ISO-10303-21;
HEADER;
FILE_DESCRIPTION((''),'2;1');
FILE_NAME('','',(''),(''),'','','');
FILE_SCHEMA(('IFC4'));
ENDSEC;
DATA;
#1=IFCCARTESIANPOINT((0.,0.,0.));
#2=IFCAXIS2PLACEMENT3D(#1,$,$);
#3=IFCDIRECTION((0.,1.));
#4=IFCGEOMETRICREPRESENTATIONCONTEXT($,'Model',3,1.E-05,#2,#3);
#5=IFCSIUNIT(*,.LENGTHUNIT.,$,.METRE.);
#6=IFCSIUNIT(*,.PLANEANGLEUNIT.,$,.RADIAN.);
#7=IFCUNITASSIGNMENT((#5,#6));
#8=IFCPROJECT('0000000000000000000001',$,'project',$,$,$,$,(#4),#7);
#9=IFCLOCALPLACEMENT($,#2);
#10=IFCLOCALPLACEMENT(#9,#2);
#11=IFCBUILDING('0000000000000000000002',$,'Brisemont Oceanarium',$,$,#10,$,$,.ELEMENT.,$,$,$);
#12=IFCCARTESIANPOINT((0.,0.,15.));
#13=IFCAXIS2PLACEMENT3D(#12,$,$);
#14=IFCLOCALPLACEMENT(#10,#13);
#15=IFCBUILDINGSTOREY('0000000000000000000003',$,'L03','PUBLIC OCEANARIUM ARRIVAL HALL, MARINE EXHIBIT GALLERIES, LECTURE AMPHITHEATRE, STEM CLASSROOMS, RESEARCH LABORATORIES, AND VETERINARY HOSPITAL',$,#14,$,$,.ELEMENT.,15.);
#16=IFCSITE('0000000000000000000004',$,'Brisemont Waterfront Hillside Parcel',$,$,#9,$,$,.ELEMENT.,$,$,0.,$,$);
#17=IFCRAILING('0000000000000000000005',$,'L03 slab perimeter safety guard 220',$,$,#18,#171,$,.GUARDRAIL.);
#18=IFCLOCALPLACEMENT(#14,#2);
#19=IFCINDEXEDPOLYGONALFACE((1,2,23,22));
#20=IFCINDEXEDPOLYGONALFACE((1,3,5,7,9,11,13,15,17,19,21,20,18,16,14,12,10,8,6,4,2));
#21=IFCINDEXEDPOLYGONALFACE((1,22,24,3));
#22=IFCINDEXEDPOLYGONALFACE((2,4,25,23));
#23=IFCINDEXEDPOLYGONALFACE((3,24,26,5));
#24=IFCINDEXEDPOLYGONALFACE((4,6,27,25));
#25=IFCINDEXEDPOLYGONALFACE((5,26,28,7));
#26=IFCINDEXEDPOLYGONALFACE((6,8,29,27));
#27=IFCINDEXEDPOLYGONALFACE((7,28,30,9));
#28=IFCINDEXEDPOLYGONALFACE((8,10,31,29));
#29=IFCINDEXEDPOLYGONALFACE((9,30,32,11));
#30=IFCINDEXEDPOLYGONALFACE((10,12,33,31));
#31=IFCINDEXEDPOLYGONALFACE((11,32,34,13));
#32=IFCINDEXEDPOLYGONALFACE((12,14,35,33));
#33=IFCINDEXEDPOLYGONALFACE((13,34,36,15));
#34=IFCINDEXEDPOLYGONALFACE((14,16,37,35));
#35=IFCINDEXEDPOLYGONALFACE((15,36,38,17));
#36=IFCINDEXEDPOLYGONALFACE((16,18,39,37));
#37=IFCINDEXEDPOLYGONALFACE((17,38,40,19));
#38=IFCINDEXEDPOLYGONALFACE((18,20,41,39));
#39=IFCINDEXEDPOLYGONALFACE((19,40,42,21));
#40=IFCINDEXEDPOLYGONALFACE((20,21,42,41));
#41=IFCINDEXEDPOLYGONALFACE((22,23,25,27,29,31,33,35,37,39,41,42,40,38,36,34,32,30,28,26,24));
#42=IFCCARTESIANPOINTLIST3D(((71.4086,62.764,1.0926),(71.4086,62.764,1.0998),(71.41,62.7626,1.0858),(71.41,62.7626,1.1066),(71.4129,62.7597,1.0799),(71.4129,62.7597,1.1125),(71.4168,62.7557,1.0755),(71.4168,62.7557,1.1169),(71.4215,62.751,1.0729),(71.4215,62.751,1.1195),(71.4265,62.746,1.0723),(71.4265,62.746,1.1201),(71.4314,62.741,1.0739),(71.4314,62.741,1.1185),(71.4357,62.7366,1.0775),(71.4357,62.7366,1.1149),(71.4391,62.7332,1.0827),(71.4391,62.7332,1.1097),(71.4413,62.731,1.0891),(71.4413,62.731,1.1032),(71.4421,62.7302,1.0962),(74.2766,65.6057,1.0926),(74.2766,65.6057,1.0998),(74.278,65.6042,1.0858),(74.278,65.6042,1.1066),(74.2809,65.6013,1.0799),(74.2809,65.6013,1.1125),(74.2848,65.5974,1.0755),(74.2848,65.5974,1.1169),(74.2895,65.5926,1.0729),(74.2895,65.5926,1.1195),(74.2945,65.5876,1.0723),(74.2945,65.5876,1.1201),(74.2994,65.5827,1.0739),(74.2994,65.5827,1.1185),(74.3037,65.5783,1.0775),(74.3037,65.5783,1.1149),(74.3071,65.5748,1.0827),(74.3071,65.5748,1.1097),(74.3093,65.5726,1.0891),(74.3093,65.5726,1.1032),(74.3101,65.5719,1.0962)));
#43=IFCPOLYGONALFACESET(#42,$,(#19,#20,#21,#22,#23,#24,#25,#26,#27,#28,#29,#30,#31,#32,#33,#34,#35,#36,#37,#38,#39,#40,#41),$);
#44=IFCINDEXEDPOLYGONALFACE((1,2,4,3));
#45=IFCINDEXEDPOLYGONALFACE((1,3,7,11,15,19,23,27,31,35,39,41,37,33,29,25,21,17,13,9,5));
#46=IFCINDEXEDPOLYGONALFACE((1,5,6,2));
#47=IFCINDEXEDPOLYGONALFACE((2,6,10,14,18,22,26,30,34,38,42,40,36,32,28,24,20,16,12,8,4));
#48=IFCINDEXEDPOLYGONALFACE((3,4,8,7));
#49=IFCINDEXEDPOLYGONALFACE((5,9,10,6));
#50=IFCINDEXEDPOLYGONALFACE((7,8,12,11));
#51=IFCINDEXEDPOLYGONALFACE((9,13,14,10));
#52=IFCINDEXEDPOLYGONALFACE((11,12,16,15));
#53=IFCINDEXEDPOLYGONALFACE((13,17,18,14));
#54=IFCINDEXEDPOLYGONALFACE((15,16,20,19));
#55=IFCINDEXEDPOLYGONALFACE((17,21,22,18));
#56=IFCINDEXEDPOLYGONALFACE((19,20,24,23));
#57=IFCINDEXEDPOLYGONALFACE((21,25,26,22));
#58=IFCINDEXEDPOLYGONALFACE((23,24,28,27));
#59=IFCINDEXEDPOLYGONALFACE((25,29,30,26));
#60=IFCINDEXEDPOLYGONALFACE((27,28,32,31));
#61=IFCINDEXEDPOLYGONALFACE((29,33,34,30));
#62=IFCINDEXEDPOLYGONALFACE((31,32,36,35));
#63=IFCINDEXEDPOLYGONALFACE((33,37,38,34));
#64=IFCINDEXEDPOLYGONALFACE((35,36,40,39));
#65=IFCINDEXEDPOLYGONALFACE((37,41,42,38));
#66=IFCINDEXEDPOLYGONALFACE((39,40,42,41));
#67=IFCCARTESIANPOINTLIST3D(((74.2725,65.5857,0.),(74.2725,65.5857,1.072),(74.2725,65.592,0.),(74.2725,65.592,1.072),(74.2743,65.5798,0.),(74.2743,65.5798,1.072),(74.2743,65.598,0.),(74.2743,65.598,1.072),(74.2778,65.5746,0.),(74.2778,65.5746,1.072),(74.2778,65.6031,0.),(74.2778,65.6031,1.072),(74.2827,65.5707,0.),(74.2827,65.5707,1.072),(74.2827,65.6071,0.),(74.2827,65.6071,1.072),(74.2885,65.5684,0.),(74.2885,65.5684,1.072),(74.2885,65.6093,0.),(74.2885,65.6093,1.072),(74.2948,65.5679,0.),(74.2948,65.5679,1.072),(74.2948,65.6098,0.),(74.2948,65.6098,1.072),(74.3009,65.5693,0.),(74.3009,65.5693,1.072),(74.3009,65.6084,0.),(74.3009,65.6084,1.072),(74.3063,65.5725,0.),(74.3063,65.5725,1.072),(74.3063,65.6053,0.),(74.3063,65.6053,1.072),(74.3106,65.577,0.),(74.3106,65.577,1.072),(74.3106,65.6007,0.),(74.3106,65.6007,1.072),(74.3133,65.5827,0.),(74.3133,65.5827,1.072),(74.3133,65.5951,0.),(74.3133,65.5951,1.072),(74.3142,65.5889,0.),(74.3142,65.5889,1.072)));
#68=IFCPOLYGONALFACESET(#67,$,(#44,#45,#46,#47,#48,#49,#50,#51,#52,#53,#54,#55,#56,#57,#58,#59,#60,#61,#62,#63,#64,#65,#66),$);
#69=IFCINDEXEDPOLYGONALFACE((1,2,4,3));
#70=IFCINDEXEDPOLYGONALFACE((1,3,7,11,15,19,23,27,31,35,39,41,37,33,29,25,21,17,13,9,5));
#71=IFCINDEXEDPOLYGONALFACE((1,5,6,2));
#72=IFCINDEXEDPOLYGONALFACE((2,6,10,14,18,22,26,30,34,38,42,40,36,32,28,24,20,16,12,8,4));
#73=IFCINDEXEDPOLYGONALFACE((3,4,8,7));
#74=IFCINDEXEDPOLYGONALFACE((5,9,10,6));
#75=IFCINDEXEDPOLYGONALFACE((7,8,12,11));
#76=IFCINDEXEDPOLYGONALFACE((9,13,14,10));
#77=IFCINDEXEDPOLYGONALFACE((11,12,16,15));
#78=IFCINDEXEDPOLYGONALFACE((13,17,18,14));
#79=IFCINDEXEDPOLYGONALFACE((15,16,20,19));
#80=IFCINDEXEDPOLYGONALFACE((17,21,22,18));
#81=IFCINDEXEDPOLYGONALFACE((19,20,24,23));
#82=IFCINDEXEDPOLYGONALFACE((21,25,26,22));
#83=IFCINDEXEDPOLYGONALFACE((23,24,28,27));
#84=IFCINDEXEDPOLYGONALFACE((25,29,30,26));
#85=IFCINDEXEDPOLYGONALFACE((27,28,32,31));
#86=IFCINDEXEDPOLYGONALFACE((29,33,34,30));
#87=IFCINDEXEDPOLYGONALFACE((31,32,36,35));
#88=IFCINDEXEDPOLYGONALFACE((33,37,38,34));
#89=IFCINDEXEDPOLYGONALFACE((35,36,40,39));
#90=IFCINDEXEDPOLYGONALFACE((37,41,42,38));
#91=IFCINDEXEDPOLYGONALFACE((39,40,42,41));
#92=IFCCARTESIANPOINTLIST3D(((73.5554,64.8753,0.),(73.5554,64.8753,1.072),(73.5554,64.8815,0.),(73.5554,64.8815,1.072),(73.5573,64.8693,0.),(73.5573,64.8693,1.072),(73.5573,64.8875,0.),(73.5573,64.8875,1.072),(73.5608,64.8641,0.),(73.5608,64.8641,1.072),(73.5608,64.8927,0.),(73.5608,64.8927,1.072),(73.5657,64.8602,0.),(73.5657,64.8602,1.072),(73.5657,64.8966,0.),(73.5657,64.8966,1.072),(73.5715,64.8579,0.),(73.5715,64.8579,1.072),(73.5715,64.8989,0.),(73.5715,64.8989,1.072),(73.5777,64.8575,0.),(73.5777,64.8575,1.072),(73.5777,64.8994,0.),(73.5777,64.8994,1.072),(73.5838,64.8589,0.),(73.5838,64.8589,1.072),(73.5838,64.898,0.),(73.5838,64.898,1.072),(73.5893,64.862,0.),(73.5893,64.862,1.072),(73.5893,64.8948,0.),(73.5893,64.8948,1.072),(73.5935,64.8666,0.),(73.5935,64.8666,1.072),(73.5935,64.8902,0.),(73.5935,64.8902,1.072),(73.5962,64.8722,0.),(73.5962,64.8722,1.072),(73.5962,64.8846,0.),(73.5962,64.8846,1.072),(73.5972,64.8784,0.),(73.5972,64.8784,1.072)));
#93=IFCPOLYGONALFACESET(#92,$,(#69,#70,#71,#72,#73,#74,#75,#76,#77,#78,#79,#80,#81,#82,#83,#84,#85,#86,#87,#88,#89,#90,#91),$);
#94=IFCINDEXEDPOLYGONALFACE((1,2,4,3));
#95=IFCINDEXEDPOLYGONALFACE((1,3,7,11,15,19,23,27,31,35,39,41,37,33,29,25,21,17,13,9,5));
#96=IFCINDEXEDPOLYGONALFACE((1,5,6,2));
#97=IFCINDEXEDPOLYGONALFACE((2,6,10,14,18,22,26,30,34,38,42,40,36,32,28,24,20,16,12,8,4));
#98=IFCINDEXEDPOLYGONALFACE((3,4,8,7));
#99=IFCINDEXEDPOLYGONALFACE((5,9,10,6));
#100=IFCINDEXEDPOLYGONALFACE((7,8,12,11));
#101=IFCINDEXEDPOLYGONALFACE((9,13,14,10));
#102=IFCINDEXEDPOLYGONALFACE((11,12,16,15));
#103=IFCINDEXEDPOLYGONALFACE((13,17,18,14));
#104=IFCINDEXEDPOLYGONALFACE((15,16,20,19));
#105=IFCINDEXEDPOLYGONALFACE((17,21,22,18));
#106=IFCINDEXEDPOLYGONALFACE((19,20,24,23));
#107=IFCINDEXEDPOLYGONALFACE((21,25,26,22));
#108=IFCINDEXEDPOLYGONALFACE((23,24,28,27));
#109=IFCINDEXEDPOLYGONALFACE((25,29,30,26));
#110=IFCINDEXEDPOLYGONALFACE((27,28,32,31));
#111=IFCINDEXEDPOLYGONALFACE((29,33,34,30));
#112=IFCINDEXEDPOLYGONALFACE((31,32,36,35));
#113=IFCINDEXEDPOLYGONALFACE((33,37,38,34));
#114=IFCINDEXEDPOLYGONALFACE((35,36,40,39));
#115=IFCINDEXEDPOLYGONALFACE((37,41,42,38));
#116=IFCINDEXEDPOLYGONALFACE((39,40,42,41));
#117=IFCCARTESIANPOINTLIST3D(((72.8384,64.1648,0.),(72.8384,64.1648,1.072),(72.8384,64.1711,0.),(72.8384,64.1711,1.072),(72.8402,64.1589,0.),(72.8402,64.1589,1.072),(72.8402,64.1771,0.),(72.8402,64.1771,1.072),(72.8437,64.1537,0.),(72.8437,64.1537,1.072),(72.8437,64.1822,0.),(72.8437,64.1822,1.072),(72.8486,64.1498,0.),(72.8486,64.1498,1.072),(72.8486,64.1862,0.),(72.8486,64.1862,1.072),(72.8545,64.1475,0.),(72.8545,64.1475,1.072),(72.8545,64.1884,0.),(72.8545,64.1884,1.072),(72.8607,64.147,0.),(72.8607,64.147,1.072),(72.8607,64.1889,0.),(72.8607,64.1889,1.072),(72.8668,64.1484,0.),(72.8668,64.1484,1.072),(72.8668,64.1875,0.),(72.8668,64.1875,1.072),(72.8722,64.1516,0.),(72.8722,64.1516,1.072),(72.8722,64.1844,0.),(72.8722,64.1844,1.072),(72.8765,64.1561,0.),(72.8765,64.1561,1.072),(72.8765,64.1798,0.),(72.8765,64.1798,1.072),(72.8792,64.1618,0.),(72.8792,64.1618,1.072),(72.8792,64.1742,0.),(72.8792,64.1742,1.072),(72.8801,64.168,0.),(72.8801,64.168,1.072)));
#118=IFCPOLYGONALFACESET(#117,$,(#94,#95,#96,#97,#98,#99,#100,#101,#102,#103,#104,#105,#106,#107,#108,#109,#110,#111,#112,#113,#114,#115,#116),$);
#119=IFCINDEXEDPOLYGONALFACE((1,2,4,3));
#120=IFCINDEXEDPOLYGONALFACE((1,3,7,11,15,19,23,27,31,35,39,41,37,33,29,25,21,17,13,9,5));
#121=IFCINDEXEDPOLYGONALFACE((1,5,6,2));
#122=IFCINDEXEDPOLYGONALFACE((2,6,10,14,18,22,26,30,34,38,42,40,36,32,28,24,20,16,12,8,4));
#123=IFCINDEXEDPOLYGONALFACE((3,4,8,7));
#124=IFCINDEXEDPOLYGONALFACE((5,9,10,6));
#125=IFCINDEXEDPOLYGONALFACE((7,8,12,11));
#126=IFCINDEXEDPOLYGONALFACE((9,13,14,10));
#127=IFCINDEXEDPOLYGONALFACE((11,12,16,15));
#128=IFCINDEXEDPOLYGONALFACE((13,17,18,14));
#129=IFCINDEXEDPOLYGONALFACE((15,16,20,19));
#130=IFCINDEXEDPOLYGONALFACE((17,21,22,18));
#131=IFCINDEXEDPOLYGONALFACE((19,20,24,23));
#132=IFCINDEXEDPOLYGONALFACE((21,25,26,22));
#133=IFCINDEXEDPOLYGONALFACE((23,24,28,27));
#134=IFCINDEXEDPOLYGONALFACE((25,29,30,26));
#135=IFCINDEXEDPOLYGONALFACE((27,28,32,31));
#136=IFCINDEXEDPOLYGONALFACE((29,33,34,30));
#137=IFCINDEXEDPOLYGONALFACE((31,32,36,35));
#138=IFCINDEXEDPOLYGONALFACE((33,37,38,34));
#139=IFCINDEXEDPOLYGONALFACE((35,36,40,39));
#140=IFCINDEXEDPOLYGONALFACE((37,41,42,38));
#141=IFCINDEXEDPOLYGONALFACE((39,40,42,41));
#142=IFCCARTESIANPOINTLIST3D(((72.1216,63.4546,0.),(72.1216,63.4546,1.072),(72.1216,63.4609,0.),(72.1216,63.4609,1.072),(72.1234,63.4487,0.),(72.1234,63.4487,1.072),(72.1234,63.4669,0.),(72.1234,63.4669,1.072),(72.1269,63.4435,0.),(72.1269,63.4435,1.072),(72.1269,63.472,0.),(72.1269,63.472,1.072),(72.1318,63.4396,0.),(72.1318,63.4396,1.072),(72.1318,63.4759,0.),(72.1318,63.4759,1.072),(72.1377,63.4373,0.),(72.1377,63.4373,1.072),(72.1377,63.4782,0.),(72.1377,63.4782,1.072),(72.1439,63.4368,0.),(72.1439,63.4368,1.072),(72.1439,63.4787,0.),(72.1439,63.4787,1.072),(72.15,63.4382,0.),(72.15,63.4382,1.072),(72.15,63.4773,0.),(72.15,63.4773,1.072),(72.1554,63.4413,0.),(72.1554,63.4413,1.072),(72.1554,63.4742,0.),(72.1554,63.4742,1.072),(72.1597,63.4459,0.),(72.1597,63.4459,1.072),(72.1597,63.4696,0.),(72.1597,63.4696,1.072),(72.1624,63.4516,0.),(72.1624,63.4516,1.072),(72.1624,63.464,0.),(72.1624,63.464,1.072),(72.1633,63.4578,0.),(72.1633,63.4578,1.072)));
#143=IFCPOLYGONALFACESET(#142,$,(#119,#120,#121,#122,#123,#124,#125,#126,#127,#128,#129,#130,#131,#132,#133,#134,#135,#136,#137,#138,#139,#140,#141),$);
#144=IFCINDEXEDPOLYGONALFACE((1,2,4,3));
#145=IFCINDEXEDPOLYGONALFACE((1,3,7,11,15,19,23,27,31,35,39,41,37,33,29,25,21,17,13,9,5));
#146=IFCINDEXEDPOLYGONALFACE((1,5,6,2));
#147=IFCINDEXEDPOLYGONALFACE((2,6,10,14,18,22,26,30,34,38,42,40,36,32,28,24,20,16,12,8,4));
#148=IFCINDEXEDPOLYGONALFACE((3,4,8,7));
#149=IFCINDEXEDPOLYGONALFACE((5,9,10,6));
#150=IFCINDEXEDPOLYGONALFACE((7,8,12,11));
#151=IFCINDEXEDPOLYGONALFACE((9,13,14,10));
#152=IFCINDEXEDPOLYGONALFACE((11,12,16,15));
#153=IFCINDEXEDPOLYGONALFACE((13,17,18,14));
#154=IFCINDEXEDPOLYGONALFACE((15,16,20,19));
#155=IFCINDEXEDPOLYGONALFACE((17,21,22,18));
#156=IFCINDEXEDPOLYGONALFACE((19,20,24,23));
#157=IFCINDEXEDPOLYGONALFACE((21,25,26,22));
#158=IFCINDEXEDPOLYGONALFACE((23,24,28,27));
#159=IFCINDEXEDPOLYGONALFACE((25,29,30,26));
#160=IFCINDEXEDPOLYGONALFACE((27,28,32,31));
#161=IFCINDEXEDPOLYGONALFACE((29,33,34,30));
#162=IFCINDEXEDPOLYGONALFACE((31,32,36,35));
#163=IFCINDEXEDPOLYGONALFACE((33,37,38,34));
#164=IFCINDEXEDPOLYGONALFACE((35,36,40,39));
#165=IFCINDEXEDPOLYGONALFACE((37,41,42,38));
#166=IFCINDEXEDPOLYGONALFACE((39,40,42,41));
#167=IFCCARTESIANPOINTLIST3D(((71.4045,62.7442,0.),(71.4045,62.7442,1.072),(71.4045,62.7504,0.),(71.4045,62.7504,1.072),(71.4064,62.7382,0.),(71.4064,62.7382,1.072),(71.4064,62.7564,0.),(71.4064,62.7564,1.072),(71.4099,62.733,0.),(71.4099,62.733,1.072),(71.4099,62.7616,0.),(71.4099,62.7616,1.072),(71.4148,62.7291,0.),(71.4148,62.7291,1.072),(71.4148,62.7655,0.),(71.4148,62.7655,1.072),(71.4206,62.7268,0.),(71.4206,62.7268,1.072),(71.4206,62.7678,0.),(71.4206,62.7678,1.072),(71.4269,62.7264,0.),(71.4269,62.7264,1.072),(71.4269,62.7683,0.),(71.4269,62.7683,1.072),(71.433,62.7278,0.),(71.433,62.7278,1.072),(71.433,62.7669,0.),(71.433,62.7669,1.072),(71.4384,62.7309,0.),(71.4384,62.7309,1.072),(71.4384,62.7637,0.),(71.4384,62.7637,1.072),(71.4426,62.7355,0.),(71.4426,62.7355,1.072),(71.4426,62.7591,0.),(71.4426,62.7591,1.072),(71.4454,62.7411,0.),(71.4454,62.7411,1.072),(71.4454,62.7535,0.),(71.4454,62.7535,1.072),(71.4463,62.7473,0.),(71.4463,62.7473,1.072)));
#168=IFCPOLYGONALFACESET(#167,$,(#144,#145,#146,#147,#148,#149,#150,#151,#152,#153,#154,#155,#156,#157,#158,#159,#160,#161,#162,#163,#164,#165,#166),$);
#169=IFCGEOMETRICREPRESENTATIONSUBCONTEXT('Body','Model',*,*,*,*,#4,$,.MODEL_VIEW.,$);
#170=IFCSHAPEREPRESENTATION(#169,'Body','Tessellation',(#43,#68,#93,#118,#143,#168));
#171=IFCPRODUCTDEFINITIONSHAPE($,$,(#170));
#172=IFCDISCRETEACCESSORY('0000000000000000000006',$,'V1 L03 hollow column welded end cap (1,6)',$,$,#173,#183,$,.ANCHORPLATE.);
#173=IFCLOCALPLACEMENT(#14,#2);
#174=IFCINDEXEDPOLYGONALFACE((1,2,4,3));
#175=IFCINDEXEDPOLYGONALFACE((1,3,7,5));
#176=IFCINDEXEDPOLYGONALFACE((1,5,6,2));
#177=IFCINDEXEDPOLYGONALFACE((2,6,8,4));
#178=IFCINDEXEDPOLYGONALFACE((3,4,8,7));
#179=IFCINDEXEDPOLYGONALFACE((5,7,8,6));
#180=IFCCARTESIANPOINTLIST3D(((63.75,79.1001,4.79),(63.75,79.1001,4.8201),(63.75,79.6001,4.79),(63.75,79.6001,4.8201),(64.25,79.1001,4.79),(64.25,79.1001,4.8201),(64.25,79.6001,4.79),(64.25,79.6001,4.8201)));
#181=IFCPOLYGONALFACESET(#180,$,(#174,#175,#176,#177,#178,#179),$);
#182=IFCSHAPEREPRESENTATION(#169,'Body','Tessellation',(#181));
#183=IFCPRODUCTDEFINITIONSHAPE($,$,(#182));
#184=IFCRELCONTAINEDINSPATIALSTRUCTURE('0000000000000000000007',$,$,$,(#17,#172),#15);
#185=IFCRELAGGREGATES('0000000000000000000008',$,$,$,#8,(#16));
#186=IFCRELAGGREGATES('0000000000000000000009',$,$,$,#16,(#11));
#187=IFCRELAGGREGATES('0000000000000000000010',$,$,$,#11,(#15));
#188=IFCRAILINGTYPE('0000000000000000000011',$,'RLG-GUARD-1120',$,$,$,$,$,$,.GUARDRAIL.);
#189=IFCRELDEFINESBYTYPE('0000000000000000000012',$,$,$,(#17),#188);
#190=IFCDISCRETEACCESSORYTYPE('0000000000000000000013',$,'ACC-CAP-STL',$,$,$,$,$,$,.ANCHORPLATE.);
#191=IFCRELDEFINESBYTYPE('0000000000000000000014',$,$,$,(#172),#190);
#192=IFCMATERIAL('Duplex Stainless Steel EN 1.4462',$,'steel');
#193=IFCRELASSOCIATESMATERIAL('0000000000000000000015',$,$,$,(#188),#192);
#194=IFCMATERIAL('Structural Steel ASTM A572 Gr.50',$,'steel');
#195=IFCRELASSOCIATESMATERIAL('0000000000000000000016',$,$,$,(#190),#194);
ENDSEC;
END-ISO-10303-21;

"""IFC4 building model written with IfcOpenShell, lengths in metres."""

from ifc_helpers import new_model, si_unit, direction, frame, origin, origin_2d, place, context, subcontext, project, spatial, rectangle, circle, extrude, material, type_object, element, save


model = new_model("IFC4")

# Units and contexts
model_context = context("Model", 3, precision=1e-05, world=origin(), true_north=direction((0.0, 1.0)))
body_context = subcontext(model_context, "Body", "Model", "MODEL_VIEW")
ifc_project = project(units=[si_unit("LENGTHUNIT", "METRE"), si_unit("PLANEANGLEUNIT", "RADIAN")], contexts=[model_context])

# Site, building, storey
site_placement = place(None, origin())
site = spatial("IfcSite", under=ifc_project, at=site_placement, Name="Brisemont Waterfront Hillside Parcel", CompositionType="ELEMENT", RefElevation=0.0)
building_placement = place(site_placement, origin())
building = spatial("IfcBuilding", under=site, at=building_placement, Name="Brisemont Oceanarium", CompositionType="ELEMENT")
storey_placement = place(building_placement, frame((0.0, 0.0, 15.0)))
storey = spatial("IfcBuildingStorey", under=building, at=storey_placement, Name="L03", Description="PUBLIC OCEANARIUM ARRIVAL HALL, MARINE EXHIBIT GALLERIES, LECTURE AMPHITHEATRE, STEM CLASSROOMS, RESEARCH LABORATORIES, AND VETERINARY HOSPITAL", CompositionType="ELEMENT", Elevation=15.0)

# Railing
ifc_material_1 = material(Name="Duplex Stainless Steel EN 1.4462", Category="steel")
railing_type = type_object("IfcRailingType", Name="RLG-GUARD-1120", PredefinedType="GUARDRAIL", material=ifc_material_1)
railing_1_placement = place(storey_placement, frame((74.2932, 65.5889, 0.0)))
element("IfcRailing", 1, at=railing_1_placement, inside=storey, type_object=railing_type, Name="L03 slab perimeter safety guard 220", PredefinedType="GUARDRAIL", context=body_context, shape_type="SweptSolid", body=[
    extrude(circle(Radius=0.0239, at=origin_2d()), frame((0.0, 0.0, 1.0962), z_axis=(-0.710365, -0.703834, 0.0), x_axis=(0.703834, -0.710365, 0.0)), (0.0, 0.0, 1.0), 4.0374),
    extrude(circle(Radius=0.021, at=origin_2d()), origin(), (0.0, 0.0, 1.0), 1.072),
    extrude(circle(Radius=0.021, at=origin_2d()), frame((-0.717, -0.7104, 0.0)), (0.0, 0.0, 1.0), 1.072),
    extrude(circle(Radius=0.021, at=origin_2d()), frame((-1.4341, -1.4209, 0.0)), (0.0, 0.0, 1.0), 1.072),
    extrude(circle(Radius=0.021, at=origin_2d()), frame((-2.1509, -2.1311, 0.0)), (0.0, 0.0, 1.0), 1.072),
    extrude(circle(Radius=0.021, at=origin_2d()), frame((-2.8679, -2.8416, 0.0)), (0.0, 0.0, 1.0), 1.072),
])

# Discrete accessory
ifc_material_2 = material(Name="Structural Steel ASTM A572 Gr.50", Category="steel")
discrete_accessory_type = type_object("IfcDiscreteAccessoryType", Name="ACC-CAP-STL", PredefinedType="ANCHORPLATE", material=ifc_material_2)
discrete_accessory_placement = place(storey_placement, frame((64.0, 79.3501, 4.79), z_axis=(0.0, 0.0, 1.0), x_axis=(1.0, 0.0, 0.0)))
element("IfcDiscreteAccessory", 2, at=discrete_accessory_placement, inside=storey, type_object=discrete_accessory_type, Name="V1 L03 hollow column welded end cap (1,6)", PredefinedType="ANCHORPLATE", context=body_context, shape_type="SweptSolid", body=[
    extrude(rectangle(XDim=0.5, YDim=0.5, at=origin_2d()), origin(), (0.0, 0.0, 1.0), 0.03),
])

save(model, "model.ifc")
